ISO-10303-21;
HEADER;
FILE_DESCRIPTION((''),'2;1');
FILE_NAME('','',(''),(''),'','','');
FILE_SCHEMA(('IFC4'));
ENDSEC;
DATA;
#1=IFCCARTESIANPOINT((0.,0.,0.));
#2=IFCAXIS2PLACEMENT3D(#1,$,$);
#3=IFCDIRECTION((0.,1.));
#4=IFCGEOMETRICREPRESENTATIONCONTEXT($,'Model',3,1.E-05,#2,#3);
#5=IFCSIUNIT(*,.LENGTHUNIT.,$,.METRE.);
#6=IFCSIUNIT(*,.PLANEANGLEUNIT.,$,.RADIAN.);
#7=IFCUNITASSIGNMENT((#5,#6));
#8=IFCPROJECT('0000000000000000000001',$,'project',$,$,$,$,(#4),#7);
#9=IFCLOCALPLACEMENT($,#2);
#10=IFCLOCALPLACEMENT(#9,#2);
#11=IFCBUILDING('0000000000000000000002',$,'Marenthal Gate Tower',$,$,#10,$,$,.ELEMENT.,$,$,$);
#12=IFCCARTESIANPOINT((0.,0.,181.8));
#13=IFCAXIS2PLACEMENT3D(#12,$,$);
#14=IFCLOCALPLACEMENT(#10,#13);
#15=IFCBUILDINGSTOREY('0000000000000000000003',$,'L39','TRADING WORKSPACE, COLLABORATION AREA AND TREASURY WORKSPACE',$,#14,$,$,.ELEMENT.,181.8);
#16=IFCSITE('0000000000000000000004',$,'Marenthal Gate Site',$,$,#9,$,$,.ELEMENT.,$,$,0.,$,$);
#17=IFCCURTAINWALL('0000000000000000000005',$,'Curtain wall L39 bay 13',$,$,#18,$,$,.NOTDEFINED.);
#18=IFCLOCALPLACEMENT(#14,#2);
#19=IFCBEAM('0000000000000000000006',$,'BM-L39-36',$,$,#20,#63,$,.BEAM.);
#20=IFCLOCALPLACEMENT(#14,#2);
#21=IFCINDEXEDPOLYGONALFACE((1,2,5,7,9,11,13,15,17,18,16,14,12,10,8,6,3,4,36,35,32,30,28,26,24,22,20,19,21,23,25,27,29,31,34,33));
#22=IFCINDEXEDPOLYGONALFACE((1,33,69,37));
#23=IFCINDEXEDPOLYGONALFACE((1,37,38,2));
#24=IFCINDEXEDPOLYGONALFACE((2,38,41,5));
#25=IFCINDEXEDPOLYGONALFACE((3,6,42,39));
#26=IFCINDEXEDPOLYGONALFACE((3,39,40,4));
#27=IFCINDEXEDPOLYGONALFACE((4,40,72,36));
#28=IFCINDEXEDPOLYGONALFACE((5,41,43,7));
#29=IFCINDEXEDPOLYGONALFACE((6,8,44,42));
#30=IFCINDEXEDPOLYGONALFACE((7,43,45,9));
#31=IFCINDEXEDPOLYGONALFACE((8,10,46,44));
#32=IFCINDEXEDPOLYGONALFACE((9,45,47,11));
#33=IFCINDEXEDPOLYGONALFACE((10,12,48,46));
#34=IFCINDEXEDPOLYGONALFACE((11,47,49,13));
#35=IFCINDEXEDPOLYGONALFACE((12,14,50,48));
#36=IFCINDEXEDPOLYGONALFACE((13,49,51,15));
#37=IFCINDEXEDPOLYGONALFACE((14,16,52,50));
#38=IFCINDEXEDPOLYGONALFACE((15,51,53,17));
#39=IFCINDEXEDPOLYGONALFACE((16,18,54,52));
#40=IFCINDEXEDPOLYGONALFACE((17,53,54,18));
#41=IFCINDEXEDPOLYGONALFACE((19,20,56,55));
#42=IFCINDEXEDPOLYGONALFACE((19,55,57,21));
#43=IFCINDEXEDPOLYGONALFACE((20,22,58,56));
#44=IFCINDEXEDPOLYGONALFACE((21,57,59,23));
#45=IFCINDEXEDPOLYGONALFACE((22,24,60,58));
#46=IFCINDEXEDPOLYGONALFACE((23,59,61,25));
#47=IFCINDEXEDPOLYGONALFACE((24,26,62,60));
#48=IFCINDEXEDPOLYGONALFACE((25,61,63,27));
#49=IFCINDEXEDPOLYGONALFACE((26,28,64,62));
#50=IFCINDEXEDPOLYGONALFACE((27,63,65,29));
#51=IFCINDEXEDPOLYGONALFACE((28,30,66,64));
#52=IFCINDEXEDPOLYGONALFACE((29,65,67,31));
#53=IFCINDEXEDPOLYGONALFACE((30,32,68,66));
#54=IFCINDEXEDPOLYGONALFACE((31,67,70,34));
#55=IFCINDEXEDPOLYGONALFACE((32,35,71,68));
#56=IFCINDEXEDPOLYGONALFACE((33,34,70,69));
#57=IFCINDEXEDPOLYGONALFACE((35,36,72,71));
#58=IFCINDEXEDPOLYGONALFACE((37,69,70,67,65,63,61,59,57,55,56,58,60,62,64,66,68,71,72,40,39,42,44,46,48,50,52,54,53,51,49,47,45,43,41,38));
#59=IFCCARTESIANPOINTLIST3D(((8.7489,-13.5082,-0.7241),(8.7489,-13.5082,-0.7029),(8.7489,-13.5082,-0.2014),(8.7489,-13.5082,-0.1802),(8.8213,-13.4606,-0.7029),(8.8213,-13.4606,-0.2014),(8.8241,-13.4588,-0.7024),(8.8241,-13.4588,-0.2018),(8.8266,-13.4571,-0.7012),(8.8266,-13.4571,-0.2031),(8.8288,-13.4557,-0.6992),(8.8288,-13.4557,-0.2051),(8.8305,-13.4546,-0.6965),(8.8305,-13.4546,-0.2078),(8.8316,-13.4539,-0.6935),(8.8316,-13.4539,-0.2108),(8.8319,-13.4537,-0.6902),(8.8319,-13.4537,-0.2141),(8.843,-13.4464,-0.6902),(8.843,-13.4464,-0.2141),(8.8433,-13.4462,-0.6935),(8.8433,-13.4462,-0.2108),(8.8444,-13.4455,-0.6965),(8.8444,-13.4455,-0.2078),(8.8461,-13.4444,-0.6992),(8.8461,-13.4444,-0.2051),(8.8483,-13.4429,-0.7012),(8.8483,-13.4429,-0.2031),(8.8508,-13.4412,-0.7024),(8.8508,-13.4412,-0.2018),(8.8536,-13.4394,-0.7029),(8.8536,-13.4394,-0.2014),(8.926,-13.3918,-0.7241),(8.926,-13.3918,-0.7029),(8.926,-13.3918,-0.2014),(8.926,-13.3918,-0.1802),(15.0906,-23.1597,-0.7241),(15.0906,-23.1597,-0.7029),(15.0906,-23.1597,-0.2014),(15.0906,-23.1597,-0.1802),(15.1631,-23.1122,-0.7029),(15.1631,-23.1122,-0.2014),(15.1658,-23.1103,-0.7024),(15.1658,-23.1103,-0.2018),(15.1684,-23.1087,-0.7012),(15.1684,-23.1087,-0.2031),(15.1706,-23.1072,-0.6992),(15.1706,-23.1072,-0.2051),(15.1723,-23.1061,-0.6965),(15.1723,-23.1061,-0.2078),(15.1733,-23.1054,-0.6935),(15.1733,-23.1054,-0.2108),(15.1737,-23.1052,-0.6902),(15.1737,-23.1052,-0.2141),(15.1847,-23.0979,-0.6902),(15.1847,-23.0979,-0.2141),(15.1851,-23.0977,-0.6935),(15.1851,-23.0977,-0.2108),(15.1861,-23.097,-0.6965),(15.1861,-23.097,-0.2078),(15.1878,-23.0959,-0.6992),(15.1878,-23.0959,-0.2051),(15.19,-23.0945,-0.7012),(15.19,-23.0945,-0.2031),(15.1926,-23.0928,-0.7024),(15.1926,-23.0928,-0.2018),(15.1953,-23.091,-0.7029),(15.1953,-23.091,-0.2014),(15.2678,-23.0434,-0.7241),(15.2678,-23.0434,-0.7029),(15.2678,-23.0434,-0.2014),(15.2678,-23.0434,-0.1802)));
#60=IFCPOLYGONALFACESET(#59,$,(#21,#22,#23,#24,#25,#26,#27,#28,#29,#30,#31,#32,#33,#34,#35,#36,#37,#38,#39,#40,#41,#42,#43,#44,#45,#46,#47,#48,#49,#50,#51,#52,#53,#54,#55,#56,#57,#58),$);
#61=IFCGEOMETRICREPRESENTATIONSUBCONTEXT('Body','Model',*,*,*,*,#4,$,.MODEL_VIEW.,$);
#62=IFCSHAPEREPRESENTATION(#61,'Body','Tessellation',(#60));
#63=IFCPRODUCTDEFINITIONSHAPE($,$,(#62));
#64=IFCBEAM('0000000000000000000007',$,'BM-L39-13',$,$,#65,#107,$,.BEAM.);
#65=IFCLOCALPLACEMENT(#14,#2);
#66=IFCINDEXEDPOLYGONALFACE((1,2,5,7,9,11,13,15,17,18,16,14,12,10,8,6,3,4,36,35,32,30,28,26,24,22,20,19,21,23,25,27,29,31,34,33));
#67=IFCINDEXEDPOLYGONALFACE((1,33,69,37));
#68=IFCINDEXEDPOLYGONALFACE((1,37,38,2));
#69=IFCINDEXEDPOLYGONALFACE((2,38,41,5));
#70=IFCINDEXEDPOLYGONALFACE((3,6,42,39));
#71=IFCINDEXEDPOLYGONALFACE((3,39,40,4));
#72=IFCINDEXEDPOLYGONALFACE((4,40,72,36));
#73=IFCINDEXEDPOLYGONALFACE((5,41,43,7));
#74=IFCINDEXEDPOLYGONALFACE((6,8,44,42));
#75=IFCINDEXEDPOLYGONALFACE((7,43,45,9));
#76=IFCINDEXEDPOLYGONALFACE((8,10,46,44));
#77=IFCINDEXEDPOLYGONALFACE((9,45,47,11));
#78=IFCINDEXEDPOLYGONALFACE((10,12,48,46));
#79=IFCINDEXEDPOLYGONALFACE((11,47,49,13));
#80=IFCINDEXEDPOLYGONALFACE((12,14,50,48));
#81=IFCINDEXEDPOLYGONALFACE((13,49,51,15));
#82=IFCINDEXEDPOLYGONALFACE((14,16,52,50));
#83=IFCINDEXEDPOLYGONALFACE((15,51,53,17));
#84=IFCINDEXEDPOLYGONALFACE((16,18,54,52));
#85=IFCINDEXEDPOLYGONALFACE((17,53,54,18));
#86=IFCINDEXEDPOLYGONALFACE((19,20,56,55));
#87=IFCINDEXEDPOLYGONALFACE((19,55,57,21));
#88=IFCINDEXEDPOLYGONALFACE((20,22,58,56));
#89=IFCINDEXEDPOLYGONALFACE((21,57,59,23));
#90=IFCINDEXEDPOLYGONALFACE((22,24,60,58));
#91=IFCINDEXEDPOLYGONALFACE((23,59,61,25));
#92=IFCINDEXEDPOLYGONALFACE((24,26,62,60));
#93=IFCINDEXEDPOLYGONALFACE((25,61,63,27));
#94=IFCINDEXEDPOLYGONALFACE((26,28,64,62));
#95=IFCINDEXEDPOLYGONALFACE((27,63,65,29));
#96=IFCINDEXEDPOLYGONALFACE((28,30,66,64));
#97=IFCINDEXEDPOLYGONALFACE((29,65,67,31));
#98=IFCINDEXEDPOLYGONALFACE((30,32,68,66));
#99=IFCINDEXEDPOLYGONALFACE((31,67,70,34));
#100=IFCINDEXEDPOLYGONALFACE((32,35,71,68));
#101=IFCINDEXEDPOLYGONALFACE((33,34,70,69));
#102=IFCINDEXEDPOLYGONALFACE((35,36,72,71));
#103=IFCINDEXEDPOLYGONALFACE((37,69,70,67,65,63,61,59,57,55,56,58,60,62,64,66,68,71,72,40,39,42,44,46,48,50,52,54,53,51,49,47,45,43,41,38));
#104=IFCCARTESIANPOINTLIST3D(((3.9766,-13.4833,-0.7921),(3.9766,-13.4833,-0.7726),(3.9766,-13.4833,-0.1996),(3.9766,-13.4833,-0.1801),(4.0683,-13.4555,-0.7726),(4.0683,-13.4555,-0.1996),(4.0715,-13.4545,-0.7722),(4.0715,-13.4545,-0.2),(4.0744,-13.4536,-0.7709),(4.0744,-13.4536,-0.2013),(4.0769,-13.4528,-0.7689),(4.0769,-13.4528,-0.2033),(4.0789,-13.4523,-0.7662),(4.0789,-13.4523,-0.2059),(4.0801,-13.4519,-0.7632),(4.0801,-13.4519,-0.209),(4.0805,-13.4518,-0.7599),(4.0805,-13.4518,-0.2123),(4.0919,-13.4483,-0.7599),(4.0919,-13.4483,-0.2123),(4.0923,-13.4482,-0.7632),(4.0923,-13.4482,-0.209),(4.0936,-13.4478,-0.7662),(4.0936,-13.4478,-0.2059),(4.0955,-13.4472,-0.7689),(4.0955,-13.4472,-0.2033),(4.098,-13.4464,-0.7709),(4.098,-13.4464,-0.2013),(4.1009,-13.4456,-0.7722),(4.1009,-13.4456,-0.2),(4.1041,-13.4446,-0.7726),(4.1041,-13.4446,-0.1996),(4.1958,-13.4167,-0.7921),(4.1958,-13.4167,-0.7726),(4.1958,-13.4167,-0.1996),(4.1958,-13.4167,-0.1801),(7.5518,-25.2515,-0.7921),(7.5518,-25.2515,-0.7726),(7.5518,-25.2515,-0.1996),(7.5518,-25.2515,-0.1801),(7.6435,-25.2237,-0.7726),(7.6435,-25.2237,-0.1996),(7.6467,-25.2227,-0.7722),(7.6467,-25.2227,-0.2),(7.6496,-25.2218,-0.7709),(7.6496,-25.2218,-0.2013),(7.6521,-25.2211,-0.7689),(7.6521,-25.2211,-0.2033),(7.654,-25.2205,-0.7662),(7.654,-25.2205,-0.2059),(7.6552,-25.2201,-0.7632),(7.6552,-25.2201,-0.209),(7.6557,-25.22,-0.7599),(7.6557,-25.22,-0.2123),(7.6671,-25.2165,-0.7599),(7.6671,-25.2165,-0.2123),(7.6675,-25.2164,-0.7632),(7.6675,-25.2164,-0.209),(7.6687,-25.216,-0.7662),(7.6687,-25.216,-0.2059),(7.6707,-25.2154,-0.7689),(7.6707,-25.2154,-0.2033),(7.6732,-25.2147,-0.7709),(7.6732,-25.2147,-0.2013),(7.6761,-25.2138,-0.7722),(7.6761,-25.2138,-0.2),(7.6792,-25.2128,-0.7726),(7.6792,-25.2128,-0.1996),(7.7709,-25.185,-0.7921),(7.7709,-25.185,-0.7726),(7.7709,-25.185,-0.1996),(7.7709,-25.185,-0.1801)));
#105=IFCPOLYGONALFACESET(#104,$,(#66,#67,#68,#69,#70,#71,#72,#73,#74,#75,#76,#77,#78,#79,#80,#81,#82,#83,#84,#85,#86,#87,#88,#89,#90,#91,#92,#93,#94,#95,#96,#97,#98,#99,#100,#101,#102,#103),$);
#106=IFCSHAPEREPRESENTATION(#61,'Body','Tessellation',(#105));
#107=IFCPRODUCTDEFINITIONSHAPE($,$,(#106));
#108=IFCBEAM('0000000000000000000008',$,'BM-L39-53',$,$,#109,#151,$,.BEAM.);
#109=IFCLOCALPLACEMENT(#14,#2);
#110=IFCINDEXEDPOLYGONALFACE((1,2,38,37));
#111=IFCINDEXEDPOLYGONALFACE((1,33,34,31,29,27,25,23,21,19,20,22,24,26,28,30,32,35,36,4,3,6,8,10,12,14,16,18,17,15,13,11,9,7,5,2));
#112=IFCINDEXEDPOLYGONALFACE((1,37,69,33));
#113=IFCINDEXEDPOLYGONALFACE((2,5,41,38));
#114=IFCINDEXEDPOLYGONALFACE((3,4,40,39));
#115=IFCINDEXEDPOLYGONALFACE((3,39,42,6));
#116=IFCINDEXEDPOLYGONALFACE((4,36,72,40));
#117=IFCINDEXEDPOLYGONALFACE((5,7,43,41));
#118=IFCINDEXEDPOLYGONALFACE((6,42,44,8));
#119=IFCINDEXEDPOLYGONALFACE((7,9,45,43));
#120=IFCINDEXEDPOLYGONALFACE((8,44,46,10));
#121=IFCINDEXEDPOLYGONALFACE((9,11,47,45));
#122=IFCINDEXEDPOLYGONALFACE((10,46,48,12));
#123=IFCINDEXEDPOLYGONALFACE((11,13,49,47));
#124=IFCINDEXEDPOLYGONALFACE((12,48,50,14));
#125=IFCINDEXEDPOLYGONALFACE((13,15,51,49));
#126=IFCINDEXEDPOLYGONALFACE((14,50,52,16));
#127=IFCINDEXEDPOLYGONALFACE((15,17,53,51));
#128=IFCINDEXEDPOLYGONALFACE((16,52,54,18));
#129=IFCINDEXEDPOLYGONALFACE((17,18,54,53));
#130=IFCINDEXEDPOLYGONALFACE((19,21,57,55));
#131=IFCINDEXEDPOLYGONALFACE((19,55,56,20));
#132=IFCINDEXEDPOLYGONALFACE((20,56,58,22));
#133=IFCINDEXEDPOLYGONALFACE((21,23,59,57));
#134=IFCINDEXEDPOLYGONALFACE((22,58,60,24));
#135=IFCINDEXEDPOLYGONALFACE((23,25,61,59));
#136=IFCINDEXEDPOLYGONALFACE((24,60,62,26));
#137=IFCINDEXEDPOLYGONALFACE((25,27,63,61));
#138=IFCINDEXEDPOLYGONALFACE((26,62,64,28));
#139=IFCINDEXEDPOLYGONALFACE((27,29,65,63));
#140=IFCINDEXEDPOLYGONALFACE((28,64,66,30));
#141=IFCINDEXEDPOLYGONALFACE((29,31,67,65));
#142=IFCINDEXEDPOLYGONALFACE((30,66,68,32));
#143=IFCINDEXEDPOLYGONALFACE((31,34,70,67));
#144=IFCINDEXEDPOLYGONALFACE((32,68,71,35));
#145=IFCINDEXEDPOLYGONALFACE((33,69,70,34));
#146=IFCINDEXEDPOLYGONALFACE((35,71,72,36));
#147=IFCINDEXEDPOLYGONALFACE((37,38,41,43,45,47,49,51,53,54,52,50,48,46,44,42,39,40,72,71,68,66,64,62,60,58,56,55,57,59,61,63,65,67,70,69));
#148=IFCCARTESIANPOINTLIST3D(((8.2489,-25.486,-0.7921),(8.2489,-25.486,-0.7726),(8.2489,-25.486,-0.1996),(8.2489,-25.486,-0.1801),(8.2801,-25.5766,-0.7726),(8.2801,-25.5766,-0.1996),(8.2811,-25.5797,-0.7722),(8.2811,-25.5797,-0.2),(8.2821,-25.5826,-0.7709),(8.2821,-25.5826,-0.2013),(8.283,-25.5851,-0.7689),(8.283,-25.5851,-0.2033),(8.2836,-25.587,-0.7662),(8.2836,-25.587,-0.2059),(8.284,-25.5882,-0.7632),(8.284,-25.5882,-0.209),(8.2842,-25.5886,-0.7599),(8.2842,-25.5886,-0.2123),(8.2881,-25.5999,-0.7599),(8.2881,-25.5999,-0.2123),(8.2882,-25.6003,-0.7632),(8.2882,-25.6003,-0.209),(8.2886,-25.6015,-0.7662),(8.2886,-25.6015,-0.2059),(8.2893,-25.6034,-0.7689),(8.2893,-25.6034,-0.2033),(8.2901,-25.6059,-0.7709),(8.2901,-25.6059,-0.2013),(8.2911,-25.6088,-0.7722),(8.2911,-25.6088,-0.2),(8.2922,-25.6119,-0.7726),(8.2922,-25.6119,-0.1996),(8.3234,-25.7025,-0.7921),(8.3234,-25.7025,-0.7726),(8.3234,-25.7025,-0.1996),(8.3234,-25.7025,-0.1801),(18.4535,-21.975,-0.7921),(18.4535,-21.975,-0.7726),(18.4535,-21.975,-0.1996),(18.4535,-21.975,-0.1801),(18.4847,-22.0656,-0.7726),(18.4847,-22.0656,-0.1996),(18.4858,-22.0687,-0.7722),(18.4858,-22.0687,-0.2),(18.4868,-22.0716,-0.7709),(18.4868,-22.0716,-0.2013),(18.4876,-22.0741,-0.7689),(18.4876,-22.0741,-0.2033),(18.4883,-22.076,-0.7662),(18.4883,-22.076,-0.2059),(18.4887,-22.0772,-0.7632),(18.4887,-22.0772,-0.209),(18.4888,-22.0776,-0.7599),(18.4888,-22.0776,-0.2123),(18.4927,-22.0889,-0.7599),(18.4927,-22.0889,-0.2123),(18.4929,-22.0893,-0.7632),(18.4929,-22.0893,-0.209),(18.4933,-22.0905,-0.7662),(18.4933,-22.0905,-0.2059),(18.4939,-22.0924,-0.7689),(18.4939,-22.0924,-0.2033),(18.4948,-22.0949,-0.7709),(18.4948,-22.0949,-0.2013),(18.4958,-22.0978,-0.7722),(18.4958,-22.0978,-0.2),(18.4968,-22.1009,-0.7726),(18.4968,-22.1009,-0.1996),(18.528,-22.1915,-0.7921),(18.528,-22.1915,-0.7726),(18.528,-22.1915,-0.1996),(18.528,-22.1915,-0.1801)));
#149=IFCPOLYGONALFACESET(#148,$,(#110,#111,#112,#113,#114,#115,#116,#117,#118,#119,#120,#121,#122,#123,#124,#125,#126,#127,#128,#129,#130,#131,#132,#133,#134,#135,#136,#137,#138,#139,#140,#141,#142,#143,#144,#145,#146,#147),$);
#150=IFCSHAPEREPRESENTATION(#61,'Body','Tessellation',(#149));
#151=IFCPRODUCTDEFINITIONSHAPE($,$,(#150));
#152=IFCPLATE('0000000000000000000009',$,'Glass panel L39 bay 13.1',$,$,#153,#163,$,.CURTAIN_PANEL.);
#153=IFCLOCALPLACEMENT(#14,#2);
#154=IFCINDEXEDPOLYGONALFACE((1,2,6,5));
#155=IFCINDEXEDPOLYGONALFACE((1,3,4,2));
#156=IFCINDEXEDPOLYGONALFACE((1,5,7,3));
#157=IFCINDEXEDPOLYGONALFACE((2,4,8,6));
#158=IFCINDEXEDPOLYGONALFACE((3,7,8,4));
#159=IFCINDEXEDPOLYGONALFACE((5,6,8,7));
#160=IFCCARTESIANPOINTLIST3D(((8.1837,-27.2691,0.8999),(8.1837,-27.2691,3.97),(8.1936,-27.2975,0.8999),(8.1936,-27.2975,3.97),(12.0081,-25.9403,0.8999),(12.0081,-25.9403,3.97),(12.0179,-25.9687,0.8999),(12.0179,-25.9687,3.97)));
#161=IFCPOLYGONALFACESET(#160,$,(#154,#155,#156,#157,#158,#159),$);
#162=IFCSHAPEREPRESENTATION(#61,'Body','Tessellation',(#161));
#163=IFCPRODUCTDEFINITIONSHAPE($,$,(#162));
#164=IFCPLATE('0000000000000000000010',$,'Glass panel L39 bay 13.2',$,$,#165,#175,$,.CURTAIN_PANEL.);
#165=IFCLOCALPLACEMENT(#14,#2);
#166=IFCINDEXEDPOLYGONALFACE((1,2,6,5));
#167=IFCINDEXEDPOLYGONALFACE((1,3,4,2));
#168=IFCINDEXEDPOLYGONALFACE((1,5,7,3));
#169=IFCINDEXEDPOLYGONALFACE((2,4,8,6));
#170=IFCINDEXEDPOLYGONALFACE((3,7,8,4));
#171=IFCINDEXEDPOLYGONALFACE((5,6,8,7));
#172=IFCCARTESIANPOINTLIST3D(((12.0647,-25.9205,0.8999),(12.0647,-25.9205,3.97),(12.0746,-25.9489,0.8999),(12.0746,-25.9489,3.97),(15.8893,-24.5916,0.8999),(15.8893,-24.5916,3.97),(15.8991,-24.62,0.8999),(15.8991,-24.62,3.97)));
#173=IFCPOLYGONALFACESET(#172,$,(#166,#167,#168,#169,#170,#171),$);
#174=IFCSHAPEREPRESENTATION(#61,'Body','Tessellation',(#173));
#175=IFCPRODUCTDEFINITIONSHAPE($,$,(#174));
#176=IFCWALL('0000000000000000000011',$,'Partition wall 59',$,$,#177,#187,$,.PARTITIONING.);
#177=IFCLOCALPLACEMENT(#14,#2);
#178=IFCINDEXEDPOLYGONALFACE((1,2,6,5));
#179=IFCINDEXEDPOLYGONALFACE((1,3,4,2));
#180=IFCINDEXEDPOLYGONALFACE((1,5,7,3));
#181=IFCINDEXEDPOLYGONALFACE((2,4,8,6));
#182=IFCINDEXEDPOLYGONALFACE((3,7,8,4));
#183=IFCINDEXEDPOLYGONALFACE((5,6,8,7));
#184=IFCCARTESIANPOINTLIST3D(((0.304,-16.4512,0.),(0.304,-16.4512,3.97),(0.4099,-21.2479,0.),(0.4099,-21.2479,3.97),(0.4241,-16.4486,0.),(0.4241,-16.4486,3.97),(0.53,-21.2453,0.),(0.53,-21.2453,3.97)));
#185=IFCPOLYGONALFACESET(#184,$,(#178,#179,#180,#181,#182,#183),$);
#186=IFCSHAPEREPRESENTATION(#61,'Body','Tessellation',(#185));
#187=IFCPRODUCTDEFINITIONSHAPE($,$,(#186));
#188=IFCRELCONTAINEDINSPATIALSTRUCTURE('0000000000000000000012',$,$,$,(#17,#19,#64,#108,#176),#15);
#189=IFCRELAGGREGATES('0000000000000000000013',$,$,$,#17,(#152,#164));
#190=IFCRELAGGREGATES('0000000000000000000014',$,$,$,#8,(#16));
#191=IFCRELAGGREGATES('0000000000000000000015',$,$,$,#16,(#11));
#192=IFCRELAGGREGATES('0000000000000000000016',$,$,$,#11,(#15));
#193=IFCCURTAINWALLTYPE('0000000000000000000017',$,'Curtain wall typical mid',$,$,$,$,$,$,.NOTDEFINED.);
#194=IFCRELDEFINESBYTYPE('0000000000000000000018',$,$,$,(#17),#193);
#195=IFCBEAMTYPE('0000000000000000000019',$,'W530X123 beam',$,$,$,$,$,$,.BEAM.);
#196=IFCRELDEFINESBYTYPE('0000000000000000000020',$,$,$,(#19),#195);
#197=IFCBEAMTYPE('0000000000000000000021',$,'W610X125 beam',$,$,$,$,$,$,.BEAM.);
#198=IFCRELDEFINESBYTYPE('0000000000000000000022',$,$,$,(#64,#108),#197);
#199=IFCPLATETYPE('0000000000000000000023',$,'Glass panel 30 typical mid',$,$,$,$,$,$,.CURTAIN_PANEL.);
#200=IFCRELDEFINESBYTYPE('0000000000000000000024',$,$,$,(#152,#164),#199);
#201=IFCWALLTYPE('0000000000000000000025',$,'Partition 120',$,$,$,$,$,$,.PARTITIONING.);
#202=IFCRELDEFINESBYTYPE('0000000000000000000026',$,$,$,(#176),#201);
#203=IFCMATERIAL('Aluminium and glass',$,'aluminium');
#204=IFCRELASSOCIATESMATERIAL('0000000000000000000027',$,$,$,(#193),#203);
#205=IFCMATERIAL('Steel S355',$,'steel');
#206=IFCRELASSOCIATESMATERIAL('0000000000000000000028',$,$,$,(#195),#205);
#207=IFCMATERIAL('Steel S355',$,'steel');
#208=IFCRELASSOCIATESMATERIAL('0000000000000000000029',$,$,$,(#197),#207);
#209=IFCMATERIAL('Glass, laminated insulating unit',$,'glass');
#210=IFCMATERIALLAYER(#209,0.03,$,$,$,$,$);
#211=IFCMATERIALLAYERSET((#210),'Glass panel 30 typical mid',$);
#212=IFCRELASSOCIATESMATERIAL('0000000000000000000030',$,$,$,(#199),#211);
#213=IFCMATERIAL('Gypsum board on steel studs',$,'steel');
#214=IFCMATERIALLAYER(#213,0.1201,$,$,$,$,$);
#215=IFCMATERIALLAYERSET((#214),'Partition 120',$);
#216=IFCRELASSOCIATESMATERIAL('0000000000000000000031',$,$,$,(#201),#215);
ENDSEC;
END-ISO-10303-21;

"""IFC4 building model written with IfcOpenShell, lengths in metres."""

from ifc_helpers import new_model, si_unit, direction, frame, frame_2d, origin, origin_2d, place, context, subcontext, project, spatial, rectangle, i_section, extrude, material, layer, layer_set, material_profile, profile_set, type_object, element, aggregate, save


model = new_model("IFC4")

# Units and contexts
model_context = context("Model", 3, precision=1e-05, world=origin(), true_north=direction((0.0, 1.0)))
body_context = subcontext(model_context, "Body", "Model", "MODEL_VIEW")
ifc_project = project(units=[si_unit("LENGTHUNIT", "METRE"), si_unit("PLANEANGLEUNIT", "RADIAN")], contexts=[model_context])

# Site, building, storey
site_placement = place(None, origin())
site = spatial("IfcSite", under=ifc_project, at=site_placement, Name="Marenthal Gate Site", CompositionType="ELEMENT", RefElevation=0.0)
building_placement = place(site_placement, origin())
building = spatial("IfcBuilding", under=site, at=building_placement, Name="Marenthal Gate Tower", CompositionType="ELEMENT")
storey_placement = place(building_placement, frame((0.0, 0.0, 181.8)))
storey = spatial("IfcBuildingStorey", under=building, at=storey_placement, Name="L39", Description="TRADING WORKSPACE, COLLABORATION AREA AND TREASURY WORKSPACE", CompositionType="ELEMENT", Elevation=181.8)

# Curtain wall
ifc_material_1 = material(Name="Aluminium and glass", Category="aluminium")
curtain_wall_type = type_object("IfcCurtainWallType", Name="Curtain wall typical mid", PredefinedType="NOTDEFINED", material=ifc_material_1)
curtain_wall_placement = place(storey_placement, origin())
curtain_wall = element("IfcCurtainWall", 1, at=curtain_wall_placement, inside=storey, type_object=curtain_wall_type, Name="Curtain wall L39 bay 13", PredefinedType="NOTDEFINED")

# Beams
ifc_material_2 = material(Name="Steel S355", Category="steel")
ifc_material_profile_1 = material_profile(ifc_material_2, i_section(OverallWidth=0.2119, OverallDepth=0.5439, WebThickness=0.0132, FlangeThickness=0.0212, FilletRadius=0.0127, at=origin_2d()), Name="W530X123")
ifc_profile_set_1 = profile_set([ifc_material_profile_1], Name="Steel S355")
beam_type_1 = type_object("IfcBeamType", Name="W530X123 beam", PredefinedType="BEAM", material=ifc_profile_set_1)
beam_1_placement = place(storey_placement, frame((15.1792, -23.1016, -0.4521), z_axis=(-0.549136, 0.835733, 0.0), x_axis=(-0.835733, -0.549136, 0.0)))
element("IfcBeam", 2, at=beam_1_placement, inside=storey, type_object=beam_type_1, Name="BM-L39-36", PredefinedType="BEAM", context=body_context, shape_type="SweptSolid", body=[
    extrude(i_section(OverallWidth=0.2119, OverallDepth=0.5439, WebThickness=0.0132, FlangeThickness=0.0212, FilletRadius=0.0127, at=origin_2d()), origin(), (0.0, 0.0, 1.0), 11.5486),
])
ifc_material_3 = material(Name="Steel S355", Category="steel")
ifc_material_profile_2 = material_profile(ifc_material_3, i_section(OverallWidth=0.229, OverallDepth=0.6121, WebThickness=0.012, FlangeThickness=0.0195, FilletRadius=0.0127, at=origin_2d()), Name="W610X125")
ifc_profile_set_2 = profile_set([ifc_material_profile_2], Name="Steel S355")
beam_type_2 = type_object("IfcBeamType", Name="W610X125 beam", PredefinedType="BEAM", material=ifc_profile_set_2)
beam_2_placement = place(storey_placement, frame((7.6614, -25.2183, -0.4861), z_axis=(-0.290681, 0.95682, 0.0), x_axis=(-0.95682, -0.290681, 0.0)))
element("IfcBeam", 3, at=beam_2_placement, inside=storey, type_object=beam_type_2, Name="BM-L39-13", PredefinedType="BEAM", context=body_context, shape_type="SweptSolid", body=[
    extrude(i_section(OverallWidth=0.229, OverallDepth=0.6121, WebThickness=0.012, FlangeThickness=0.0195, FilletRadius=0.0127, at=origin_2d()), origin(), (0.0, 0.0, 1.0), 12.2993),
])
beam_3_placement = place(storey_placement, frame((8.2861, -25.5942, -0.4861), z_axis=(0.945597, 0.325342, 0.0), x_axis=(-0.325342, 0.945597, 0.0)))
element("IfcBeam", 4, at=beam_3_placement, inside=storey, type_object=beam_type_2, Name="BM-L39-53", PredefinedType="BEAM", context=body_context, shape_type="SweptSolid", body=[
    extrude(i_section(OverallWidth=0.229, OverallDepth=0.6121, WebThickness=0.012, FlangeThickness=0.0195, FilletRadius=0.0127, at=origin_2d()), origin(), (0.0, 0.0, 1.0), 10.7917),
])

# Plates
ifc_material_4 = material(Name="Glass, laminated insulating unit", Category="glass")
ifc_layer_1 = layer(ifc_material_4, 0.03)
ifc_layer_set_1 = layer_set([ifc_layer_1], Name="Glass panel 30 typical mid")
plate_type = type_object("IfcPlateType", Name="Glass panel 30 typical mid", PredefinedType="CURTAIN_PANEL", material=ifc_layer_set_1)
plate_1_placement = place(storey_placement, frame((10.1008, -26.6189, 0.8999), z_axis=(0.0, 0.0, 1.0), x_axis=(0.944604, 0.328211, 0.0)))
plate_1 = element("IfcPlate", 5, at=plate_1_placement, type_object=plate_type, Name="Glass panel L39 bay 13.1", PredefinedType="CURTAIN_PANEL", context=body_context, shape_type="SweptSolid", body=[
    extrude(rectangle(XDim=4.0486, YDim=0.03, at=origin_2d()), origin(), (0.0, 0.0, 1.0), 3.0701),
])
plate_2_placement = place(storey_placement, frame((13.9819, -25.2703, 0.8999), z_axis=(0.0, 0.0, 1.0), x_axis=(0.944604, 0.328211, 0.0)))
plate_2 = element("IfcPlate", 6, at=plate_2_placement, type_object=plate_type, Name="Glass panel L39 bay 13.2", PredefinedType="CURTAIN_PANEL", context=body_context, shape_type="SweptSolid", body=[
    extrude(rectangle(XDim=4.0488, YDim=0.03, at=origin_2d()), origin(), (0.0, 0.0, 1.0), 3.0701),
])
aggregate(curtain_wall, [plate_1, plate_2])

# Wall
ifc_material_5 = material(Name="Gypsum board on steel studs", Category="steel")
ifc_layer_2 = layer(ifc_material_5, 0.1201)
ifc_layer_set_2 = layer_set([ifc_layer_2], Name="Partition 120")
wall_type = type_object("IfcWallType", Name="Partition 120", PredefinedType="PARTITIONING", material=ifc_layer_set_2)
wall_1_placement = place(storey_placement, frame((0.47, -21.2466, 0.0), z_axis=(0.0, 0.0, 1.0), x_axis=(-0.022084, 0.999756, 0.0)))
element("IfcWall", 7, at=wall_1_placement, inside=storey, type_object=wall_type, Name="Partition wall 59", PredefinedType="PARTITIONING", context=body_context, shape_type="SweptSolid", body=[
    extrude(rectangle(XDim=4.7979, YDim=0.1201, at=frame_2d((2.3989, 0.0))), origin(), (0.0, 0.0, 1.0), 3.97),
])

save(model, "model.ifc")
